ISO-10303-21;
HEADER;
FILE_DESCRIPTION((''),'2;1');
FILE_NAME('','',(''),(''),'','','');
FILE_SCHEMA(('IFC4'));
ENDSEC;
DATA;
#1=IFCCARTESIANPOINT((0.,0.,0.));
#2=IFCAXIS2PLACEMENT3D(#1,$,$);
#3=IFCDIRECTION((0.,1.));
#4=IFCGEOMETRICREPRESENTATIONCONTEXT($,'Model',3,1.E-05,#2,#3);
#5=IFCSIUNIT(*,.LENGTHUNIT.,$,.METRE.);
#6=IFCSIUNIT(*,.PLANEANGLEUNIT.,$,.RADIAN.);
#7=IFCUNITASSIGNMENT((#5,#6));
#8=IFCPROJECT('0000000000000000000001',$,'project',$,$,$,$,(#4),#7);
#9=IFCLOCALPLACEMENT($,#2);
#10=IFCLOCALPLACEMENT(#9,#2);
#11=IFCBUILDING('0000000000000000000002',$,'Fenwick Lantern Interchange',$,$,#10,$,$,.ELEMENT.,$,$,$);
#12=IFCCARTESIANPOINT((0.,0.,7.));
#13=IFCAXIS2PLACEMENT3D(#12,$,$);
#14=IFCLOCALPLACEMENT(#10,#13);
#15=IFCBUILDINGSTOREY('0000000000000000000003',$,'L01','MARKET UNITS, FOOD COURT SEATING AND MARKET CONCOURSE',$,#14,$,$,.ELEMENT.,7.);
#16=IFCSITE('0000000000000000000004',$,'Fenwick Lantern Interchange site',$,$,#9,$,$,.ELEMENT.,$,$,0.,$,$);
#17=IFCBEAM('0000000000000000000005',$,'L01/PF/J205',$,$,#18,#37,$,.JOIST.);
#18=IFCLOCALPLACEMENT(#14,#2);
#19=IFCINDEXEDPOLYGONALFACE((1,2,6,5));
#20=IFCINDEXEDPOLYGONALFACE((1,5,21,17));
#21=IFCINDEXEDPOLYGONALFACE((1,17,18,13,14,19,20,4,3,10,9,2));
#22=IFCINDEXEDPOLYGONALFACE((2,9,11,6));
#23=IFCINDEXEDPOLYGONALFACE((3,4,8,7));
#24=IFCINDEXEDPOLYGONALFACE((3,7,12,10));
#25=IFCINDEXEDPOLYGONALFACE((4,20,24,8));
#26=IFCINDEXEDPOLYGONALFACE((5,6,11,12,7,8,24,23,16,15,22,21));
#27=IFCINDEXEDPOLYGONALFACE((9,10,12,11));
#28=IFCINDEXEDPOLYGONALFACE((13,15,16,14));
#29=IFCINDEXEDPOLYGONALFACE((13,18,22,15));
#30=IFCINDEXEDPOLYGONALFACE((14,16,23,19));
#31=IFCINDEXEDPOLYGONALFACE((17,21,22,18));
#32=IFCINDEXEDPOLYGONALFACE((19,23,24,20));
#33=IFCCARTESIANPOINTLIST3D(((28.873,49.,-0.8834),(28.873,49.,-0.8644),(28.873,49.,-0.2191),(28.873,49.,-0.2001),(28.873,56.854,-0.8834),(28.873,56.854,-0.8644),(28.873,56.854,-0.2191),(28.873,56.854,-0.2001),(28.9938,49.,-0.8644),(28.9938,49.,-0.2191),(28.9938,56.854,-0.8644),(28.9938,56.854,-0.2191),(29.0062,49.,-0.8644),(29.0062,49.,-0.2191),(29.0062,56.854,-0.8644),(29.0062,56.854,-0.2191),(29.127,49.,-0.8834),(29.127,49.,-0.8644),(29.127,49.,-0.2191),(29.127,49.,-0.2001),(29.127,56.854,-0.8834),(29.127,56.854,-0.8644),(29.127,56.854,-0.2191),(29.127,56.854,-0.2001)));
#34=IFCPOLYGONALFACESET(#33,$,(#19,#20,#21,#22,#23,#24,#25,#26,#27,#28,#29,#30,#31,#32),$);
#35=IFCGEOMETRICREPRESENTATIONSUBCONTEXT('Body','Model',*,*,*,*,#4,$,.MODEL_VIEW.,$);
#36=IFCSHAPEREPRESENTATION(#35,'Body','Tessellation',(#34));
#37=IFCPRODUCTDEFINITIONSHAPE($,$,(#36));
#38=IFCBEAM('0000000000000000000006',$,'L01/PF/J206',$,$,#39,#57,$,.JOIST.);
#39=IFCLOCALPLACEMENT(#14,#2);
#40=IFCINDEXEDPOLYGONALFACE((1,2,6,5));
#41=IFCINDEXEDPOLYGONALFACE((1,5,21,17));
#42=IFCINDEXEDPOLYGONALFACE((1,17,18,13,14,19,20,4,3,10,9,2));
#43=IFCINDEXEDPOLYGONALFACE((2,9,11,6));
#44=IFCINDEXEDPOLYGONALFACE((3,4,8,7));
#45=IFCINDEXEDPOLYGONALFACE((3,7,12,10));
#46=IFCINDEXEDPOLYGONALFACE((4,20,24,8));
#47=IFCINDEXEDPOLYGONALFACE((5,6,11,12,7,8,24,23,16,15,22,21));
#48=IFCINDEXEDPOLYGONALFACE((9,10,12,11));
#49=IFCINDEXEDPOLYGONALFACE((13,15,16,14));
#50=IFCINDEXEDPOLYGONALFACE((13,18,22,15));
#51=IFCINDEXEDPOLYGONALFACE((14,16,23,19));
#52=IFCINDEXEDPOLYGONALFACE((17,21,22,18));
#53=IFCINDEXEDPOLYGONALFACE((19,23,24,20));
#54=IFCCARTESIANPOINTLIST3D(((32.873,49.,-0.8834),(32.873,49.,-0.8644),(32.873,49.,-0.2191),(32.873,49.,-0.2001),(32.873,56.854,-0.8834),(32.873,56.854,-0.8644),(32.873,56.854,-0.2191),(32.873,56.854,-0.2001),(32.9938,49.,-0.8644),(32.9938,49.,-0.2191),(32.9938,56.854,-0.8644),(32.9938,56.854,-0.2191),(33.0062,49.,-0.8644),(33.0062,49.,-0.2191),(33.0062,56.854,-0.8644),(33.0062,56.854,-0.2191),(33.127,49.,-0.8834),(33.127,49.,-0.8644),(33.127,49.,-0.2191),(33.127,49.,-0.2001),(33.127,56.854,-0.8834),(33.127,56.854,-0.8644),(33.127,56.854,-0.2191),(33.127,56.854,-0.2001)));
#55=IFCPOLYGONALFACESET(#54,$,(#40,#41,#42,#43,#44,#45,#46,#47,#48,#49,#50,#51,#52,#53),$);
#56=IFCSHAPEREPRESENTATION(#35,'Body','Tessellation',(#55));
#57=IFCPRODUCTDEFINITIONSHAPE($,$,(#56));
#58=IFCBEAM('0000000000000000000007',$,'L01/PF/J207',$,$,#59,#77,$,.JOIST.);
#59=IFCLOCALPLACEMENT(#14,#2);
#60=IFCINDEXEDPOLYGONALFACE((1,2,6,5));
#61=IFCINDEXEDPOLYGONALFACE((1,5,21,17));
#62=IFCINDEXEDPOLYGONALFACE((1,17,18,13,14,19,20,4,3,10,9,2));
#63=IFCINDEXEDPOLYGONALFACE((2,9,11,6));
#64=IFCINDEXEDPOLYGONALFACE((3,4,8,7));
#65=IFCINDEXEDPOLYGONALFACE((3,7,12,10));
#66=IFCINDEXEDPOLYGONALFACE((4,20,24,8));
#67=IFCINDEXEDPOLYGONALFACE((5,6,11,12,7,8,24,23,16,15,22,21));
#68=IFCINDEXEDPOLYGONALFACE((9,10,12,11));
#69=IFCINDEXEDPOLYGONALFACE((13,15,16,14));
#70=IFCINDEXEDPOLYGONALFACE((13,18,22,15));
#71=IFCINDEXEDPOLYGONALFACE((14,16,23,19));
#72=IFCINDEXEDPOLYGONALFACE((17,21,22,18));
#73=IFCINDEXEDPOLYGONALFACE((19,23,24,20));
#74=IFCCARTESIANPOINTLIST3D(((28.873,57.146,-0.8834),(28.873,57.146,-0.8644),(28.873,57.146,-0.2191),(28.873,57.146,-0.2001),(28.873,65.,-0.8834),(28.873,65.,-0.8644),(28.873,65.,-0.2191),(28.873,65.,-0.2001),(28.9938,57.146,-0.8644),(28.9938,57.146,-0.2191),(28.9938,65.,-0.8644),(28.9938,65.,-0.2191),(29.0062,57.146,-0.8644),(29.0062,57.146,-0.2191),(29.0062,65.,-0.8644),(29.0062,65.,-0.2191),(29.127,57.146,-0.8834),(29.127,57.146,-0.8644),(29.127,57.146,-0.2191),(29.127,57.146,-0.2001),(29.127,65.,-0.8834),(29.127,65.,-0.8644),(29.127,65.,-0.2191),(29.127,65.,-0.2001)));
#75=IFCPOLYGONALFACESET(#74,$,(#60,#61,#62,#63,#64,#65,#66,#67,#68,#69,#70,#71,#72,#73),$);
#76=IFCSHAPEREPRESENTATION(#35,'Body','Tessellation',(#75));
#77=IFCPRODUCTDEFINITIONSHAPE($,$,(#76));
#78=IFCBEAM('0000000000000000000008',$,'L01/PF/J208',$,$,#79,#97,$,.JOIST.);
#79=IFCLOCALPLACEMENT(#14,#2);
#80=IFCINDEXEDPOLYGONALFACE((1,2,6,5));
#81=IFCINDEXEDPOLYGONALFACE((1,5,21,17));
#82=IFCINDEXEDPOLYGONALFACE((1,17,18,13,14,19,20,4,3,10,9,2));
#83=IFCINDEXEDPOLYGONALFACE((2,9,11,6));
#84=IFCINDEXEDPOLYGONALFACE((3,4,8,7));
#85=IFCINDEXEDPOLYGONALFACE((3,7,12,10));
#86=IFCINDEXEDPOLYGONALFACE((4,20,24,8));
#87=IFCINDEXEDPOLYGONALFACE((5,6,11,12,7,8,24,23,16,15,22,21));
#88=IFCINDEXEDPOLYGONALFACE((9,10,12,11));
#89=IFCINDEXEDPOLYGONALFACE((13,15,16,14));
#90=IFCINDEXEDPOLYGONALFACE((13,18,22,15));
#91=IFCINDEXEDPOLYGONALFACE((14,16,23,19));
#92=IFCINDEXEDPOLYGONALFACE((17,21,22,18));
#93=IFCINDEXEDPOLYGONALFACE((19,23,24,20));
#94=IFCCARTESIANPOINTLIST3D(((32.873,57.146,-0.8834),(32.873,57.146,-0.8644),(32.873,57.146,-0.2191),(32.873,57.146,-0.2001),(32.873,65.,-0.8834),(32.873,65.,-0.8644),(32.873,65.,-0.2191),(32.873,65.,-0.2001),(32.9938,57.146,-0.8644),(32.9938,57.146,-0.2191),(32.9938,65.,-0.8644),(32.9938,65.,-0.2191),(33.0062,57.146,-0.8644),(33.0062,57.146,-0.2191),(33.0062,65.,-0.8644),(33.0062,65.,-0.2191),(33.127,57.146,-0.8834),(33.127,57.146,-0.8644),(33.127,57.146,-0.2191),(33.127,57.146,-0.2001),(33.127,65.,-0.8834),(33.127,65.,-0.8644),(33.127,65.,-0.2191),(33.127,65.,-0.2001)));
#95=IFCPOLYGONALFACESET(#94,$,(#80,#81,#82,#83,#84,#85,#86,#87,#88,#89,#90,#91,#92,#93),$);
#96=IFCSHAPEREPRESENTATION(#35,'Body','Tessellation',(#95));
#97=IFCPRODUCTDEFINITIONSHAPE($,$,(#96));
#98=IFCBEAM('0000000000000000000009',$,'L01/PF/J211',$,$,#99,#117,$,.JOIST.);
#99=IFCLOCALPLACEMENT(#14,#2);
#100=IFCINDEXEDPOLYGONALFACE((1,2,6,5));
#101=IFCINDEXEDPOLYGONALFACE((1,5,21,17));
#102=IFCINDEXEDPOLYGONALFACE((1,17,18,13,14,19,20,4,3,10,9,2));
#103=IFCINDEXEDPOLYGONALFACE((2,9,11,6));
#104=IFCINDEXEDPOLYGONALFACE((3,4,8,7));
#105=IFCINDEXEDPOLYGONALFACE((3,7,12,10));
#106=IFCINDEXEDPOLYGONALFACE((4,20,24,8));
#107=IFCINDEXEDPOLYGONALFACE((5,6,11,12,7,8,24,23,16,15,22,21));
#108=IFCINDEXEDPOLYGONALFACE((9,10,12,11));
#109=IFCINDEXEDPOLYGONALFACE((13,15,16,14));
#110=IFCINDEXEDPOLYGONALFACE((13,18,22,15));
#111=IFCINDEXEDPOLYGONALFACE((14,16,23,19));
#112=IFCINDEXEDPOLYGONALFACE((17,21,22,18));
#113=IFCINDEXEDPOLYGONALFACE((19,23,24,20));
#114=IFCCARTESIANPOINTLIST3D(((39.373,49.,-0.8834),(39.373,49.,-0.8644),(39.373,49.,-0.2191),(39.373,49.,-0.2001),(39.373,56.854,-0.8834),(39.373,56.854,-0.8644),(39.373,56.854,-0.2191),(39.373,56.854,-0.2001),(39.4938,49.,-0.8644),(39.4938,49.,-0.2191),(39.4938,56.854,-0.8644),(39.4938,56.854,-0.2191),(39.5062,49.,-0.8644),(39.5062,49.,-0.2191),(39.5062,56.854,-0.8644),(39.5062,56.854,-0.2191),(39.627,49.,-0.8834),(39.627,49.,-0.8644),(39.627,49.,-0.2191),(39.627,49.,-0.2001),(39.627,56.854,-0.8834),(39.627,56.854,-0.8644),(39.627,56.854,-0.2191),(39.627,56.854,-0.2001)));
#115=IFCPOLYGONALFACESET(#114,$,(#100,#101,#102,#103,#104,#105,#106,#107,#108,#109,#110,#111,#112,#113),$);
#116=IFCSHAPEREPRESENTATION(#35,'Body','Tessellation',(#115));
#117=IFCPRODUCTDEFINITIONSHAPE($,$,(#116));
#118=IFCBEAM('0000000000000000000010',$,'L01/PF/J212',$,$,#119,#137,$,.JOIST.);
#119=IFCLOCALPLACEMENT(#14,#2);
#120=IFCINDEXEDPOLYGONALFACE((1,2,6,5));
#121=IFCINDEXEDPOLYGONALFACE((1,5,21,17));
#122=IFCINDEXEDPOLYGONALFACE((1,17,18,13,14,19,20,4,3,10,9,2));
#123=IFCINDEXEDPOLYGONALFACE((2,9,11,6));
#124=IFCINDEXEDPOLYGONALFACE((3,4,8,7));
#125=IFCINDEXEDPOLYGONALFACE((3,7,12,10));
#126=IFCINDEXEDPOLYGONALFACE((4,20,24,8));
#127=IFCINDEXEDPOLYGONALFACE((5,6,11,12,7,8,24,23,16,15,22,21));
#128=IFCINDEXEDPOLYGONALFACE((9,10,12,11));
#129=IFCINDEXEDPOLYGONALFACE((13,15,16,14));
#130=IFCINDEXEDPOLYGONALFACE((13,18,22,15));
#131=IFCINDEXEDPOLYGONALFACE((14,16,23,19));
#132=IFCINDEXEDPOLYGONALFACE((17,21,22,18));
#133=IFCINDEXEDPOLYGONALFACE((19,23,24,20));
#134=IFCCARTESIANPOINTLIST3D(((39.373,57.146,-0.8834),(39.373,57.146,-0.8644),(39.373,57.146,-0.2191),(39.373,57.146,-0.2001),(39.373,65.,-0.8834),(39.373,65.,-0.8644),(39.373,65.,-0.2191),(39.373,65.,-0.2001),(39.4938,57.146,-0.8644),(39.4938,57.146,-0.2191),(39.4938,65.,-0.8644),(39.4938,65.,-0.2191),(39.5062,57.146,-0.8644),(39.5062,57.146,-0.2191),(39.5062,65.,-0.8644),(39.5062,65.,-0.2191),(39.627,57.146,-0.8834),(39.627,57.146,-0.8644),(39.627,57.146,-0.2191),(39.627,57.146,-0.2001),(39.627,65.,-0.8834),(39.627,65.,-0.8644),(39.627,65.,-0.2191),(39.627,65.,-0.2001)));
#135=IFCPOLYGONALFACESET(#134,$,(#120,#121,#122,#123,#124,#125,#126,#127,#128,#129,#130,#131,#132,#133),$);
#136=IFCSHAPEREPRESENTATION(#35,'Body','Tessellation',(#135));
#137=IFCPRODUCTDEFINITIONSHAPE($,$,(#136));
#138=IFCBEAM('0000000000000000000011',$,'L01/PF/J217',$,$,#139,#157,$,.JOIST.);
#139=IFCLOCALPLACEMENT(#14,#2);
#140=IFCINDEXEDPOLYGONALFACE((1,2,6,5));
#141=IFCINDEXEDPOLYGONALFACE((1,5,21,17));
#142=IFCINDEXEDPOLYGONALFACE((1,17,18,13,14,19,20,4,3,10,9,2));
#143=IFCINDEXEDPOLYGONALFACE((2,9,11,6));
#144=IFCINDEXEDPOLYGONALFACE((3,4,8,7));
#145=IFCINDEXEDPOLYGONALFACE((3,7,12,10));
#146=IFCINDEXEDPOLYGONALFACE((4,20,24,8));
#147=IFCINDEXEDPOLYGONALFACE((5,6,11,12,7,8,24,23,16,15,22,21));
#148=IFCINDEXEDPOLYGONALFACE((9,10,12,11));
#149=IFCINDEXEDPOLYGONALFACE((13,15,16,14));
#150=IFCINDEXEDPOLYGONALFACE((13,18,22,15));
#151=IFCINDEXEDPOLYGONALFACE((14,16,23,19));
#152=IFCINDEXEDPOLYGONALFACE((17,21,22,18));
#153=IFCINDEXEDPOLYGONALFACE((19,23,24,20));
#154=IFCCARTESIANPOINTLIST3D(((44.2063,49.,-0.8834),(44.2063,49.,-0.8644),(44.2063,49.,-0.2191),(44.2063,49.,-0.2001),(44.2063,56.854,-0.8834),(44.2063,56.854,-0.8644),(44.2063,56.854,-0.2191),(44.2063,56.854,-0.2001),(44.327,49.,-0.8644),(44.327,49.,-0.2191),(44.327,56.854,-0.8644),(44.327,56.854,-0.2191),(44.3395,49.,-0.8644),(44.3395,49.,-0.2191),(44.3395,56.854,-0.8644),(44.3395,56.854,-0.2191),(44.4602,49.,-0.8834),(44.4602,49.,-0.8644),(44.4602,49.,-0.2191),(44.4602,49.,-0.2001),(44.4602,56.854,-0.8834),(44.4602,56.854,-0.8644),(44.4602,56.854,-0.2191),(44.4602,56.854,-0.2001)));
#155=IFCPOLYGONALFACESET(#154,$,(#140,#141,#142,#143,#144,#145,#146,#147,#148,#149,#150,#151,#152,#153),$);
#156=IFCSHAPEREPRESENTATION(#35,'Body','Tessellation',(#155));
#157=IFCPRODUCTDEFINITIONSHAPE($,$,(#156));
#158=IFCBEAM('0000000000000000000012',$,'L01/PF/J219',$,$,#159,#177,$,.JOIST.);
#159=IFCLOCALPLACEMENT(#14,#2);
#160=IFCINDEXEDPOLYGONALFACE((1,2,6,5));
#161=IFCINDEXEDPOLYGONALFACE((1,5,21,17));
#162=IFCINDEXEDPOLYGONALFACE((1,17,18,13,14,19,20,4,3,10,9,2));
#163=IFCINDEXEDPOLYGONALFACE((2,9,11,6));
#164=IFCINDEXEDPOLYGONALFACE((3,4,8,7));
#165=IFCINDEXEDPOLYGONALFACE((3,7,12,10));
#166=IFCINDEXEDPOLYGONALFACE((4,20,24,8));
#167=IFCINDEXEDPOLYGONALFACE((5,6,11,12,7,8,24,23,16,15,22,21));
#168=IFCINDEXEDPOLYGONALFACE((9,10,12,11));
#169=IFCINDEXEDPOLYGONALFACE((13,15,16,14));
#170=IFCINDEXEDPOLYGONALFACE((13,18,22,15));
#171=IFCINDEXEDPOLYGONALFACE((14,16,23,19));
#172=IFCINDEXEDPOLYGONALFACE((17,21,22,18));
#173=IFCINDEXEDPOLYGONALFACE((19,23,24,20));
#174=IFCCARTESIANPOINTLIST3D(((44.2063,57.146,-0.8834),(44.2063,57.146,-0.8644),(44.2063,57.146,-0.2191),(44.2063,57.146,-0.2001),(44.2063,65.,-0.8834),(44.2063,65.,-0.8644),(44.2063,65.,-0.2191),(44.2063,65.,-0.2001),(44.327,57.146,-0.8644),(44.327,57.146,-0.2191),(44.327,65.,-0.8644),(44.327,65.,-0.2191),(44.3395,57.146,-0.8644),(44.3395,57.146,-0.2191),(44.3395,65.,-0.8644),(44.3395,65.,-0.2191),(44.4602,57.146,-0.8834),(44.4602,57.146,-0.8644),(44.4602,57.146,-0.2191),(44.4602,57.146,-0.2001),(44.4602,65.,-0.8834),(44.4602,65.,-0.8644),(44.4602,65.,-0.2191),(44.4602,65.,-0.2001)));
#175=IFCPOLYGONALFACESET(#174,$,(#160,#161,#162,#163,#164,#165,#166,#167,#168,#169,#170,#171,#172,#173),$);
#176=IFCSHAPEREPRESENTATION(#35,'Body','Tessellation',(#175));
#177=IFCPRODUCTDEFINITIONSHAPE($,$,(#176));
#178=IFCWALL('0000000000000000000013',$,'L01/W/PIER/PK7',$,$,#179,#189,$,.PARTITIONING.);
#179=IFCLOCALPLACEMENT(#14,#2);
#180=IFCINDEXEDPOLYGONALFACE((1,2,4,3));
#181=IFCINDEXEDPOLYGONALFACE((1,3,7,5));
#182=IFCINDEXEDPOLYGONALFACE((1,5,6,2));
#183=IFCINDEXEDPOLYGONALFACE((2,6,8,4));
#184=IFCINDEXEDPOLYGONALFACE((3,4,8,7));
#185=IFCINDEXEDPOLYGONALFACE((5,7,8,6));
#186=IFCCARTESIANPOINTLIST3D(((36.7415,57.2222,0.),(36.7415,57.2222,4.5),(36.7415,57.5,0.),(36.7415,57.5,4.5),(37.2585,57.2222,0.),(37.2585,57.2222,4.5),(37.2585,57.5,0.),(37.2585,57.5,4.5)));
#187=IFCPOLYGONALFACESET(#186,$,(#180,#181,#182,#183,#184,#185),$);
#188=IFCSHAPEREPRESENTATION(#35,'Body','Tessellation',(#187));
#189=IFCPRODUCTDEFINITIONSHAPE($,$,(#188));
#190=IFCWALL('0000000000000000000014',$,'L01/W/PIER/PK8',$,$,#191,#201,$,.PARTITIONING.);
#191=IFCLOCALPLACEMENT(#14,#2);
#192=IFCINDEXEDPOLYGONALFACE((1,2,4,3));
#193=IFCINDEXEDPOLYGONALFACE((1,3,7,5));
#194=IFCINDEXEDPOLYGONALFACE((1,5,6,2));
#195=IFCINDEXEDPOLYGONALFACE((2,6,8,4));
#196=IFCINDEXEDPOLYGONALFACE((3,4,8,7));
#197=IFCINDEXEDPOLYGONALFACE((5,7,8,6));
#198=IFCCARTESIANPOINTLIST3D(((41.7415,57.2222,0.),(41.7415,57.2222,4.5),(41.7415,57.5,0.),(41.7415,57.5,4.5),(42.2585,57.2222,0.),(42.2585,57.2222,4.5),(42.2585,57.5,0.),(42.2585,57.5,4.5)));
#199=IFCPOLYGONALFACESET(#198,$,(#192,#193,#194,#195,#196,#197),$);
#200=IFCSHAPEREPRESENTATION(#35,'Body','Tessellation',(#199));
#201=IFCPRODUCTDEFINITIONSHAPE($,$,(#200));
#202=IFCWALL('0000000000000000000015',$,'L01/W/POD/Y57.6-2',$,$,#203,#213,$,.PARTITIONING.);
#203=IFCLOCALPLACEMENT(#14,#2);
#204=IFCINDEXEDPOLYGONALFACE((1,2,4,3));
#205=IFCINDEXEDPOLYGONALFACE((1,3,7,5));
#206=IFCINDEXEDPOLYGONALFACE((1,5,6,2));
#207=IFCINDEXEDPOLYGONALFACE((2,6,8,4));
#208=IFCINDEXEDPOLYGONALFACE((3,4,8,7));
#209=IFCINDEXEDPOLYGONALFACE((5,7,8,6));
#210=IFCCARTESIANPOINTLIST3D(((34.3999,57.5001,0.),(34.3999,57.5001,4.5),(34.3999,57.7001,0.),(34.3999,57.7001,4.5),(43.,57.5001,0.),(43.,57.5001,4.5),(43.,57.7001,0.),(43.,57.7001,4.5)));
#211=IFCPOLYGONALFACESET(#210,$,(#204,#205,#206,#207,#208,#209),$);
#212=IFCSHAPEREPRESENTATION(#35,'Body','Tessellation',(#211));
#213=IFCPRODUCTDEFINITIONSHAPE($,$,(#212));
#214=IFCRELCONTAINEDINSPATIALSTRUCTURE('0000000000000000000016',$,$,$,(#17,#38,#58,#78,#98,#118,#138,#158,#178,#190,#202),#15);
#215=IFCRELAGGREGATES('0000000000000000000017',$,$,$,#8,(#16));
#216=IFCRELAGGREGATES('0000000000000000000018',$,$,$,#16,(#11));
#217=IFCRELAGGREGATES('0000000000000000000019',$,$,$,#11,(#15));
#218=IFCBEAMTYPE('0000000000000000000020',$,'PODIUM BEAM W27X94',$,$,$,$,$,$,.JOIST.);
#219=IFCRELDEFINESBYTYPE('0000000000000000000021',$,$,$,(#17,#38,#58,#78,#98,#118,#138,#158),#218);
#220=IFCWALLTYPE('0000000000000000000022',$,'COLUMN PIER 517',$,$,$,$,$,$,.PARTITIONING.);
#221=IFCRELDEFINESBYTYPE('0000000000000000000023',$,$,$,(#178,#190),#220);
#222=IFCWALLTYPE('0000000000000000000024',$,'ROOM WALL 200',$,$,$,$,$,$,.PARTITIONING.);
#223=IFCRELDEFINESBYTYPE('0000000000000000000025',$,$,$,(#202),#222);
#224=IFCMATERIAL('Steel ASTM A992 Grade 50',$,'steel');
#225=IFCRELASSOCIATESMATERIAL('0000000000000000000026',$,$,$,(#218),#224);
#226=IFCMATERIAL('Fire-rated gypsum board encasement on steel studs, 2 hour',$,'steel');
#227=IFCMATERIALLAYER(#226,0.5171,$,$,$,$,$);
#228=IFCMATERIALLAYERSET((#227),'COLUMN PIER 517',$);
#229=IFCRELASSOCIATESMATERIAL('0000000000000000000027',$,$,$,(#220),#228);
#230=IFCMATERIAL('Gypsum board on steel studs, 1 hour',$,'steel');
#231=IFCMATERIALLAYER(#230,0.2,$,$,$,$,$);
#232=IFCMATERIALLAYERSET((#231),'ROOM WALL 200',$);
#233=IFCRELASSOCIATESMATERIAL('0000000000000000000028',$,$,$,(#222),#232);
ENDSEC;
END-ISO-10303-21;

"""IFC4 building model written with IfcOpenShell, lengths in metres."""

from ifc_helpers import new_model, si_unit, direction, frame, frame_2d, origin, origin_2d, place, context, subcontext, project, spatial, rectangle, i_section, extrude, material, layer, layer_set, material_profile, profile_set, type_object, element, save


model = new_model("IFC4")

# Units and contexts
model_context = context("Model", 3, precision=1e-05, world=origin(), true_north=direction((0.0, 1.0)))
body_context = subcontext(model_context, "Body", "Model", "MODEL_VIEW")
ifc_project = project(units=[si_unit("LENGTHUNIT", "METRE"), si_unit("PLANEANGLEUNIT", "RADIAN")], contexts=[model_context])

# Site, building, storey
site_placement = place(None, origin())
site = spatial("IfcSite", under=ifc_project, at=site_placement, Name="Fenwick Lantern Interchange site", CompositionType="ELEMENT", RefElevation=0.0)
building_placement = place(site_placement, origin())
building = spatial("IfcBuilding", under=site, at=building_placement, Name="Fenwick Lantern Interchange", CompositionType="ELEMENT")
storey_placement = place(building_placement, frame((0.0, 0.0, 7.0)))
storey = spatial("IfcBuildingStorey", under=building, at=storey_placement, Name="L01", Description="MARKET UNITS, FOOD COURT SEATING AND MARKET CONCOURSE", CompositionType="ELEMENT", Elevation=7.0)

# Shared definitions
ifc_material_1 = material(Name="Steel ASTM A992 Grade 50", Category="steel")

# Beams
ifc_material_profile_1 = material_profile(ifc_material_1, i_section(OverallWidth=0.2539, OverallDepth=0.6833, WebThickness=0.0125, FlangeThickness=0.019, at=origin_2d()), Name="W27X94")
ifc_profile_set_1 = profile_set([ifc_material_profile_1], Name="Steel ASTM A992 Grade 50")
beam_type_1 = type_object("IfcBeamType", Name="PODIUM BEAM W27X94", PredefinedType="JOIST", material=ifc_profile_set_1)
for number, where, z_axis, x_axis, name in (
    (1, (29.0, 49.0, -0.5417), (0.0, 1.0, 0.0), (-1.0, 0.0, 0.0), "L01/PF/J205"),
    (2, (33.0, 49.0, -0.5417), (0.0, 1.0, 0.0), (-1.0, 0.0, 0.0), "L01/PF/J206"),
    (3, (29.0, 57.146, -0.5417), (0.0, 1.0, 0.0), (-1.0, 0.0, 0.0), "L01/PF/J207"),
    (4, (33.0, 57.146, -0.5417), (0.0, 1.0, 0.0), (-1.0, 0.0, 0.0), "L01/PF/J208"),
    (5, (39.5, 49.0, -0.5417), (0.0, 1.0, 0.0), (-1.0, 0.0, 0.0), "L01/PF/J211"),
    (6, (39.5, 57.146, -0.5417), (0.0, 1.0, 0.0), (-1.0, 0.0, 0.0), "L01/PF/J212"),
    (7, (44.3333, 49.0, -0.5417), (0.0, 1.0, 0.0), (-1.0, 0.0, 0.0), "L01/PF/J217"),
    (8, (44.3333, 57.146, -0.5417), (0.0, 1.0, 0.0), (-1.0, 0.0, 0.0), "L01/PF/J219"),
):
    element("IfcBeam", number, at=place(storey_placement, frame(where, z_axis=z_axis, x_axis=x_axis)), inside=storey, type_object=beam_type_1, Name=name, PredefinedType="JOIST", context=body_context, shape_type="SweptSolid", body=[
        extrude(i_section(OverallWidth=0.2539, OverallDepth=0.6833, WebThickness=0.0125, FlangeThickness=0.019, at=origin_2d()), origin(), (0.0, 0.0, 1.0), 7.854),
    ])

# Walls
ifc_material_2 = material(Name="Fire-rated gypsum board encasement on steel studs, 2 hour", Category="steel")
ifc_layer_1 = layer(ifc_material_2, 0.5171)
ifc_layer_set_1 = layer_set([ifc_layer_1], Name="COLUMN PIER 517")
wall_type_1 = type_object("IfcWallType", Name="COLUMN PIER 517", PredefinedType="PARTITIONING", material=ifc_layer_set_1)
for number, where, z_axis, x_axis, name in (
    (9, (37.0, 57.5, 0.0), (0.0, 0.0, 1.0), (0.0, -1.0, 0.0), "L01/W/PIER/PK7"),
    (10, (42.0, 57.5, 0.0), (0.0, 0.0, 1.0), (0.0, -1.0, 0.0), "L01/W/PIER/PK8"),
):
    element("IfcWall", number, at=place(storey_placement, frame(where, z_axis=z_axis, x_axis=x_axis)), inside=storey, type_object=wall_type_1, Name=name, PredefinedType="PARTITIONING", context=body_context, shape_type="SweptSolid", body=[
        extrude(rectangle(XDim=0.2778, YDim=0.5171, at=frame_2d((0.1389, 0.0))), origin(), (0.0, 0.0, 1.0), 4.5),
    ])
ifc_material_3 = material(Name="Gypsum board on steel studs, 1 hour", Category="steel")
ifc_layer_2 = layer(ifc_material_3, 0.2)
ifc_layer_set_2 = layer_set([ifc_layer_2], Name="ROOM WALL 200")
wall_type_2 = type_object("IfcWallType", Name="ROOM WALL 200", PredefinedType="PARTITIONING", material=ifc_layer_set_2)
wall_1_placement = place(storey_placement, frame((34.3999, 57.6001, 0.0), z_axis=(0.0, 0.0, 1.0), x_axis=(1.0, 0.0, 0.0)))
element("IfcWall", 11, at=wall_1_placement, inside=storey, type_object=wall_type_2, Name="L01/W/POD/Y57.6-2", PredefinedType="PARTITIONING", context=body_context, shape_type="SweptSolid", body=[
    extrude(rectangle(XDim=8.6001, YDim=0.2, at=frame_2d((4.3, 0.0))), origin(), (0.0, 0.0, 1.0), 4.5),
])

save(model, "model.ifc")
